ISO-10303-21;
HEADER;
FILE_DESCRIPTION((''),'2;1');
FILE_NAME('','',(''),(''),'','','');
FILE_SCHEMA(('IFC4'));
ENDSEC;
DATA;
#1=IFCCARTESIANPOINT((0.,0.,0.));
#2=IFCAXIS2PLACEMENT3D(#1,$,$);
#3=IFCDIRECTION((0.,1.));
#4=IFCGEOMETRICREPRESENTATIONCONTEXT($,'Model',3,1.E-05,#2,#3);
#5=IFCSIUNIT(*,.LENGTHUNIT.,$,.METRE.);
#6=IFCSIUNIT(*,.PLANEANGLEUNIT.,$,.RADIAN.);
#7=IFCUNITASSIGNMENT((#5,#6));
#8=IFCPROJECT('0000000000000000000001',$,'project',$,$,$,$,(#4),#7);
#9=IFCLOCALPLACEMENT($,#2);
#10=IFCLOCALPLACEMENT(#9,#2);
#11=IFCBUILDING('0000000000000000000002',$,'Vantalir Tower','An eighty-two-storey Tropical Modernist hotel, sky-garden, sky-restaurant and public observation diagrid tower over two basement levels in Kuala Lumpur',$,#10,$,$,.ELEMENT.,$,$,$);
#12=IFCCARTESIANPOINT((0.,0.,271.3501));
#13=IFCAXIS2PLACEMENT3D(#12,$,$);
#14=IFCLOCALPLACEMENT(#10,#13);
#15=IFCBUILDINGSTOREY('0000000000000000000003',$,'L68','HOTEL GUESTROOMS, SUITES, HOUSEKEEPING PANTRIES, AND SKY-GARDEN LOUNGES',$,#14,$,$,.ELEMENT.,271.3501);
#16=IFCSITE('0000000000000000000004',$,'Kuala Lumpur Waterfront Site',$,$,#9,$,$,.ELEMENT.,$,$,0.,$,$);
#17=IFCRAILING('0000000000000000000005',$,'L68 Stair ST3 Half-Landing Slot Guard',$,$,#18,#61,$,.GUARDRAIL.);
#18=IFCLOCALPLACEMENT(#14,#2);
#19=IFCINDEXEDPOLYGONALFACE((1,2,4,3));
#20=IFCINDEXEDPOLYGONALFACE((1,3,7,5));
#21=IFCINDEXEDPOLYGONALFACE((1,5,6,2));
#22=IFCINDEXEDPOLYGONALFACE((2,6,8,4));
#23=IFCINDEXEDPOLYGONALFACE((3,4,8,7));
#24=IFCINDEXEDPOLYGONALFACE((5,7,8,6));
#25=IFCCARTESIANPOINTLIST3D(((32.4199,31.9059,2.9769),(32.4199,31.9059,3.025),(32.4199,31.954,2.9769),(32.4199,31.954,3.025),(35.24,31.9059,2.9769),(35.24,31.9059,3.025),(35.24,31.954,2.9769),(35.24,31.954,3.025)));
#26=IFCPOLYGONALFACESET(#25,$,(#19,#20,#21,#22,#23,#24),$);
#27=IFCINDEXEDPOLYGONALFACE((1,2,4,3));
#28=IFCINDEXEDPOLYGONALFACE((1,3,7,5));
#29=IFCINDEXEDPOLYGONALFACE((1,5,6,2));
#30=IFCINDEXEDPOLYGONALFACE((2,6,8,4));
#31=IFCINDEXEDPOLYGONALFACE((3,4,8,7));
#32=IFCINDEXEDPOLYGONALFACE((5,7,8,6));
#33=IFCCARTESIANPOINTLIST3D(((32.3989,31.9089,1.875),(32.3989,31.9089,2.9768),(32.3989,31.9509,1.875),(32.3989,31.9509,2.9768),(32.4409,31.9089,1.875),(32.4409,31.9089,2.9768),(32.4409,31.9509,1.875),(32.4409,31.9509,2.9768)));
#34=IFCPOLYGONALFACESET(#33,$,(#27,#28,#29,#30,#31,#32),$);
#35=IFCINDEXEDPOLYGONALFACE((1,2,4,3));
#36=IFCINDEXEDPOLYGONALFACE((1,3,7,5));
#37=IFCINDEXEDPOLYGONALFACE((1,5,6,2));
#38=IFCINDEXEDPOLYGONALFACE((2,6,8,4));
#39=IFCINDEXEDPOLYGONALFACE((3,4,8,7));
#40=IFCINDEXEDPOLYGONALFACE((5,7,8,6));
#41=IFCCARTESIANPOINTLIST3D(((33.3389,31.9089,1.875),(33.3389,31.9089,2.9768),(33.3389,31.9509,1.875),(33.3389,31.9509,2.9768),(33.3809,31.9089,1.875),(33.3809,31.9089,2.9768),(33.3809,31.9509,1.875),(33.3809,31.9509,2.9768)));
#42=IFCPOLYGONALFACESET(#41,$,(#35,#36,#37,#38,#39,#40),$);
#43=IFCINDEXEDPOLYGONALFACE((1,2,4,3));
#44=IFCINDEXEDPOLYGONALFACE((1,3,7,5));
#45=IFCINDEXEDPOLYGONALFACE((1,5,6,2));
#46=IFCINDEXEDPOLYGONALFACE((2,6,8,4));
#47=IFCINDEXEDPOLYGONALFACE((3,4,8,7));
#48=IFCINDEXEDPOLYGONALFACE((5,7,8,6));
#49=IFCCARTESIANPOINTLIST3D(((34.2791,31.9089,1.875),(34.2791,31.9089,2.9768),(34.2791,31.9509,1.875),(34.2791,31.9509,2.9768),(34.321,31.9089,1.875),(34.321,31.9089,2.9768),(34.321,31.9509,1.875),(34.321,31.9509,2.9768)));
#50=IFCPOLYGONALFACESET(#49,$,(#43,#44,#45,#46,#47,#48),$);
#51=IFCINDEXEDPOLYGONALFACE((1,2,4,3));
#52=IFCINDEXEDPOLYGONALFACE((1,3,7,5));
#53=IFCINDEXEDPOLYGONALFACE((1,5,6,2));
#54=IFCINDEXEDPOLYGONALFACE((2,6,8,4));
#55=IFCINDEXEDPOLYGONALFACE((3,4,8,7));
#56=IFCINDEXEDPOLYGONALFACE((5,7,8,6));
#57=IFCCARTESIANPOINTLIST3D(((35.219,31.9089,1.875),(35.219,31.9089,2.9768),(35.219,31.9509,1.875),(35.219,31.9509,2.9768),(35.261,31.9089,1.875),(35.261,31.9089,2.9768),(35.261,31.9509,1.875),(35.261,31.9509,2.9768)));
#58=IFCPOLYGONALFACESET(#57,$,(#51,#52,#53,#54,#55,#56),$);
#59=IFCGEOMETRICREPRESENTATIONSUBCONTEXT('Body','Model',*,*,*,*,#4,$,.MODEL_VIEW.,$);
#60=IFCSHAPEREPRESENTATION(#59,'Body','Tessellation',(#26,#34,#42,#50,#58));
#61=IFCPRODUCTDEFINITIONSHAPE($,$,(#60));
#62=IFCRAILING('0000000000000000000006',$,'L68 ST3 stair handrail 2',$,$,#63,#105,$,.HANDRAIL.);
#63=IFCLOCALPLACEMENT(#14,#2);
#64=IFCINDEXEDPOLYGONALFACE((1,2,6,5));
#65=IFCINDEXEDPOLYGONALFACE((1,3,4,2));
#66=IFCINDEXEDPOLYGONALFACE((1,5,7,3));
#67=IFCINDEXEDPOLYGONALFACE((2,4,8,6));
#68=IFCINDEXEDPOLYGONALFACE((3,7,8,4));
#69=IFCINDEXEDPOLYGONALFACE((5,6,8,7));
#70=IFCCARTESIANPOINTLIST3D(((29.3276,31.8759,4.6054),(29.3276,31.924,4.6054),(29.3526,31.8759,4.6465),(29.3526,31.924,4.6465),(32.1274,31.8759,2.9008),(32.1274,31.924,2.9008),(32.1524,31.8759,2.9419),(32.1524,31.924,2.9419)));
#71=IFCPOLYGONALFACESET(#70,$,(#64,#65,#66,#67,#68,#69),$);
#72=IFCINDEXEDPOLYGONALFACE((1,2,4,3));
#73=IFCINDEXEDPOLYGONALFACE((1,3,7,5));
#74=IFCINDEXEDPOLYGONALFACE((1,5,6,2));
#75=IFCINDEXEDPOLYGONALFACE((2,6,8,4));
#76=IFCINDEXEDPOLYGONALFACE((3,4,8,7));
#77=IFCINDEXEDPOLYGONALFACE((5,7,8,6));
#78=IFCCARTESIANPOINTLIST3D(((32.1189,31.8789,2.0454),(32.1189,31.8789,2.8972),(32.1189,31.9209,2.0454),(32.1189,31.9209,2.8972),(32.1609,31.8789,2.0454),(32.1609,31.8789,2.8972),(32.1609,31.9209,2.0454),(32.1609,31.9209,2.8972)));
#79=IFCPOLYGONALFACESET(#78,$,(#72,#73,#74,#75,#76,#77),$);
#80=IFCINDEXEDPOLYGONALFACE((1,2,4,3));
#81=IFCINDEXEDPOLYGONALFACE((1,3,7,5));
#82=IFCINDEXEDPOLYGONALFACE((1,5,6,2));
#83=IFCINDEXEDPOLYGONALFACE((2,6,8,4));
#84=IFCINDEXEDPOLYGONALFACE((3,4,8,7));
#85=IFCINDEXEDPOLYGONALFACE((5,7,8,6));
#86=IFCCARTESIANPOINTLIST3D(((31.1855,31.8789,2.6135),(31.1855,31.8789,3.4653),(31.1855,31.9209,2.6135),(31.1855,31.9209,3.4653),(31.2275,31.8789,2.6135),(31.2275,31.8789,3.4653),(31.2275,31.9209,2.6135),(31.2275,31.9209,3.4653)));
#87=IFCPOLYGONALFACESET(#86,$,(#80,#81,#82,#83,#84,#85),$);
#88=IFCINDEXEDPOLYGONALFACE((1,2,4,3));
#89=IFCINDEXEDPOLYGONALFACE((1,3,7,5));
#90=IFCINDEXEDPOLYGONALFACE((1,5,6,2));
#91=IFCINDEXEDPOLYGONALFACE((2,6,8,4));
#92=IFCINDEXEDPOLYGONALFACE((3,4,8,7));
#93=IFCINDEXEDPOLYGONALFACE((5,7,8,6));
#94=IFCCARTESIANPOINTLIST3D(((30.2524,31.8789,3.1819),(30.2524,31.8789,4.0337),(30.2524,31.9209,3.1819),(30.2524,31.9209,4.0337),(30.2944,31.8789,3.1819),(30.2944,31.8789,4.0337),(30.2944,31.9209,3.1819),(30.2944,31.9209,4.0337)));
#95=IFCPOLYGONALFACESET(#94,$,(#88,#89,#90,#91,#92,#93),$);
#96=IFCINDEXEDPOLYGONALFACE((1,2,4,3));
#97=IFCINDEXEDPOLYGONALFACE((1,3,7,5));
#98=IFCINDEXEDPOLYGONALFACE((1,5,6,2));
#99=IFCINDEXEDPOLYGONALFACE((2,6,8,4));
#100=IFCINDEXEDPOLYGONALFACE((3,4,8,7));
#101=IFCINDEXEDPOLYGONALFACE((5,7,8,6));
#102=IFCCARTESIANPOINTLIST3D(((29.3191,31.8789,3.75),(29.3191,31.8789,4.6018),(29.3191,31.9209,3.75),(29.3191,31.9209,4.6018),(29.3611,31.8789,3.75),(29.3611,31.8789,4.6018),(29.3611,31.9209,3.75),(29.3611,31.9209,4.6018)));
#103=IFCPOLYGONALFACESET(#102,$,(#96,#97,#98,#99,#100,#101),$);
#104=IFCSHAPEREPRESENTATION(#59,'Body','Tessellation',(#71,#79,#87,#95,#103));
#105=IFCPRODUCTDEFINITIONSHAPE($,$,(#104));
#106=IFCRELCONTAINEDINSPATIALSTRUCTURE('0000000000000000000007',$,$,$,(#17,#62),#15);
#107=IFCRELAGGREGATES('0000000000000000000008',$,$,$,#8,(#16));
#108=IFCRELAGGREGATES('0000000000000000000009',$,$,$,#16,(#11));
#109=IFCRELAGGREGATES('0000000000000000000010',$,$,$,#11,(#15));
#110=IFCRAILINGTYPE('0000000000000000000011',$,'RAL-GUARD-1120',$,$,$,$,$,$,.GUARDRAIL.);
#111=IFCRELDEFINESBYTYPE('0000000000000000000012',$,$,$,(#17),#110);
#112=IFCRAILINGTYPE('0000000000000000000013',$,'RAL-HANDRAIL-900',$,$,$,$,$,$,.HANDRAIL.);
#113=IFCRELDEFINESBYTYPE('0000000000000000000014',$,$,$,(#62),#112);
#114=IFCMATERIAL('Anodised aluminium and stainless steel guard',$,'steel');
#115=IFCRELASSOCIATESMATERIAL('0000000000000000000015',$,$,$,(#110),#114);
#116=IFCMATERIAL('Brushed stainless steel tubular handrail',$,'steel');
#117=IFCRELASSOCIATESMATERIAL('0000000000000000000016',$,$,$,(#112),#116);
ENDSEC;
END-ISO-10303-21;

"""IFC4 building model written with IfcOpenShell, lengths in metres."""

from ifc_helpers import new_model, si_unit, direction, frame, origin, origin_2d, place, context, subcontext, project, spatial, rectangle, extrude, material, type_object, element, save


model = new_model("IFC4")

# Units and contexts
model_context = context("Model", 3, precision=1e-05, world=origin(), true_north=direction((0.0, 1.0)))
body_context = subcontext(model_context, "Body", "Model", "MODEL_VIEW")
ifc_project = project(units=[si_unit("LENGTHUNIT", "METRE"), si_unit("PLANEANGLEUNIT", "RADIAN")], contexts=[model_context])

# Site, building, storey
site_placement = place(None, origin())
site = spatial("IfcSite", under=ifc_project, at=site_placement, Name="Kuala Lumpur Waterfront Site", CompositionType="ELEMENT", RefElevation=0.0)
building_placement = place(site_placement, origin())
building = spatial("IfcBuilding", under=site, at=building_placement, Name="Vantalir Tower", Description="An eighty-two-storey Tropical Modernist hotel, sky-garden, sky-restaurant and public observation diagrid tower over two basement levels in Kuala Lumpur", CompositionType="ELEMENT")
storey_placement = place(building_placement, frame((0.0, 0.0, 271.3501)))
storey = spatial("IfcBuildingStorey", under=building, at=storey_placement, Name="L68", Description="HOTEL GUESTROOMS, SUITES, HOUSEKEEPING PANTRIES, AND SKY-GARDEN LOUNGES", CompositionType="ELEMENT", Elevation=271.3501)

# Railings
ifc_material_1 = material(Name="Anodised aluminium and stainless steel guard", Category="steel")
railing_type_1 = type_object("IfcRailingType", Name="RAL-GUARD-1120", PredefinedType="GUARDRAIL", material=ifc_material_1)
railing_1_placement = place(storey_placement, frame((32.4199, 31.9299, 1.875)))
element("IfcRailing", 1, at=railing_1_placement, inside=storey, type_object=railing_type_1, Name="L68 Stair ST3 Half-Landing Slot Guard", PredefinedType="GUARDRAIL", context=body_context, shape_type="SweptSolid", body=[
    extrude(rectangle(XDim=0.0481, YDim=0.0481, at=origin_2d()), frame((0.0, 0.0, 1.126), z_axis=(1.0, 0.0, 0.0), x_axis=(0.0, 1.0, 0.0)), (0.0, 0.0, 1.0), 2.8201),
    extrude(rectangle(XDim=0.042, YDim=0.042, at=origin_2d()), origin(), (0.0, 0.0, 1.0), 1.1018),
    extrude(rectangle(XDim=0.042, YDim=0.042, at=origin_2d()), frame((0.9399, 0.0, 0.0)), (0.0, 0.0, 1.0), 1.1018),
    extrude(rectangle(XDim=0.042, YDim=0.042, at=origin_2d()), frame((1.8801, 0.0, 0.0)), (0.0, 0.0, 1.0), 1.1018),
    extrude(rectangle(XDim=0.042, YDim=0.042, at=origin_2d()), frame((2.8201, 0.0, 0.0)), (0.0, 0.0, 1.0), 1.1018),
])
ifc_material_2 = material(Name="Brushed stainless steel tubular handrail", Category="steel")
railing_type_2 = type_object("IfcRailingType", Name="RAL-HANDRAIL-900", PredefinedType="HANDRAIL", material=ifc_material_2)
railing_2_placement = place(storey_placement, frame((32.1399, 31.8999, 2.0454)))
element("IfcRailing", 2, at=railing_2_placement, inside=storey, type_object=railing_type_2, Name="L68 ST3 stair handrail 2", PredefinedType="HANDRAIL", context=body_context, shape_type="SweptSolid", body=[
    extrude(rectangle(XDim=0.0481, YDim=0.0481, at=origin_2d()), frame((0.0, 0.0, 0.876), z_axis=(-0.85415, 0.0, 0.520027), x_axis=(0.0, -1.0, 0.0)), (0.0, 0.0, 1.0), 3.2778),
    extrude(rectangle(XDim=0.042, YDim=0.042, at=origin_2d()), origin(), (0.0, 0.0, 1.0), 0.8518),
    extrude(rectangle(XDim=0.042, YDim=0.042, at=origin_2d()), frame((-0.9333, 0.0, 0.5681)), (0.0, 0.0, 1.0), 0.8518),
    extrude(rectangle(XDim=0.042, YDim=0.042, at=origin_2d()), frame((-1.8665, 0.0, 1.1365)), (0.0, 0.0, 1.0), 0.8518),
    extrude(rectangle(XDim=0.042, YDim=0.042, at=origin_2d()), frame((-2.7998, 0.0, 1.7046)), (0.0, 0.0, 1.0), 0.8518),
])

save(model, "model.ifc")
